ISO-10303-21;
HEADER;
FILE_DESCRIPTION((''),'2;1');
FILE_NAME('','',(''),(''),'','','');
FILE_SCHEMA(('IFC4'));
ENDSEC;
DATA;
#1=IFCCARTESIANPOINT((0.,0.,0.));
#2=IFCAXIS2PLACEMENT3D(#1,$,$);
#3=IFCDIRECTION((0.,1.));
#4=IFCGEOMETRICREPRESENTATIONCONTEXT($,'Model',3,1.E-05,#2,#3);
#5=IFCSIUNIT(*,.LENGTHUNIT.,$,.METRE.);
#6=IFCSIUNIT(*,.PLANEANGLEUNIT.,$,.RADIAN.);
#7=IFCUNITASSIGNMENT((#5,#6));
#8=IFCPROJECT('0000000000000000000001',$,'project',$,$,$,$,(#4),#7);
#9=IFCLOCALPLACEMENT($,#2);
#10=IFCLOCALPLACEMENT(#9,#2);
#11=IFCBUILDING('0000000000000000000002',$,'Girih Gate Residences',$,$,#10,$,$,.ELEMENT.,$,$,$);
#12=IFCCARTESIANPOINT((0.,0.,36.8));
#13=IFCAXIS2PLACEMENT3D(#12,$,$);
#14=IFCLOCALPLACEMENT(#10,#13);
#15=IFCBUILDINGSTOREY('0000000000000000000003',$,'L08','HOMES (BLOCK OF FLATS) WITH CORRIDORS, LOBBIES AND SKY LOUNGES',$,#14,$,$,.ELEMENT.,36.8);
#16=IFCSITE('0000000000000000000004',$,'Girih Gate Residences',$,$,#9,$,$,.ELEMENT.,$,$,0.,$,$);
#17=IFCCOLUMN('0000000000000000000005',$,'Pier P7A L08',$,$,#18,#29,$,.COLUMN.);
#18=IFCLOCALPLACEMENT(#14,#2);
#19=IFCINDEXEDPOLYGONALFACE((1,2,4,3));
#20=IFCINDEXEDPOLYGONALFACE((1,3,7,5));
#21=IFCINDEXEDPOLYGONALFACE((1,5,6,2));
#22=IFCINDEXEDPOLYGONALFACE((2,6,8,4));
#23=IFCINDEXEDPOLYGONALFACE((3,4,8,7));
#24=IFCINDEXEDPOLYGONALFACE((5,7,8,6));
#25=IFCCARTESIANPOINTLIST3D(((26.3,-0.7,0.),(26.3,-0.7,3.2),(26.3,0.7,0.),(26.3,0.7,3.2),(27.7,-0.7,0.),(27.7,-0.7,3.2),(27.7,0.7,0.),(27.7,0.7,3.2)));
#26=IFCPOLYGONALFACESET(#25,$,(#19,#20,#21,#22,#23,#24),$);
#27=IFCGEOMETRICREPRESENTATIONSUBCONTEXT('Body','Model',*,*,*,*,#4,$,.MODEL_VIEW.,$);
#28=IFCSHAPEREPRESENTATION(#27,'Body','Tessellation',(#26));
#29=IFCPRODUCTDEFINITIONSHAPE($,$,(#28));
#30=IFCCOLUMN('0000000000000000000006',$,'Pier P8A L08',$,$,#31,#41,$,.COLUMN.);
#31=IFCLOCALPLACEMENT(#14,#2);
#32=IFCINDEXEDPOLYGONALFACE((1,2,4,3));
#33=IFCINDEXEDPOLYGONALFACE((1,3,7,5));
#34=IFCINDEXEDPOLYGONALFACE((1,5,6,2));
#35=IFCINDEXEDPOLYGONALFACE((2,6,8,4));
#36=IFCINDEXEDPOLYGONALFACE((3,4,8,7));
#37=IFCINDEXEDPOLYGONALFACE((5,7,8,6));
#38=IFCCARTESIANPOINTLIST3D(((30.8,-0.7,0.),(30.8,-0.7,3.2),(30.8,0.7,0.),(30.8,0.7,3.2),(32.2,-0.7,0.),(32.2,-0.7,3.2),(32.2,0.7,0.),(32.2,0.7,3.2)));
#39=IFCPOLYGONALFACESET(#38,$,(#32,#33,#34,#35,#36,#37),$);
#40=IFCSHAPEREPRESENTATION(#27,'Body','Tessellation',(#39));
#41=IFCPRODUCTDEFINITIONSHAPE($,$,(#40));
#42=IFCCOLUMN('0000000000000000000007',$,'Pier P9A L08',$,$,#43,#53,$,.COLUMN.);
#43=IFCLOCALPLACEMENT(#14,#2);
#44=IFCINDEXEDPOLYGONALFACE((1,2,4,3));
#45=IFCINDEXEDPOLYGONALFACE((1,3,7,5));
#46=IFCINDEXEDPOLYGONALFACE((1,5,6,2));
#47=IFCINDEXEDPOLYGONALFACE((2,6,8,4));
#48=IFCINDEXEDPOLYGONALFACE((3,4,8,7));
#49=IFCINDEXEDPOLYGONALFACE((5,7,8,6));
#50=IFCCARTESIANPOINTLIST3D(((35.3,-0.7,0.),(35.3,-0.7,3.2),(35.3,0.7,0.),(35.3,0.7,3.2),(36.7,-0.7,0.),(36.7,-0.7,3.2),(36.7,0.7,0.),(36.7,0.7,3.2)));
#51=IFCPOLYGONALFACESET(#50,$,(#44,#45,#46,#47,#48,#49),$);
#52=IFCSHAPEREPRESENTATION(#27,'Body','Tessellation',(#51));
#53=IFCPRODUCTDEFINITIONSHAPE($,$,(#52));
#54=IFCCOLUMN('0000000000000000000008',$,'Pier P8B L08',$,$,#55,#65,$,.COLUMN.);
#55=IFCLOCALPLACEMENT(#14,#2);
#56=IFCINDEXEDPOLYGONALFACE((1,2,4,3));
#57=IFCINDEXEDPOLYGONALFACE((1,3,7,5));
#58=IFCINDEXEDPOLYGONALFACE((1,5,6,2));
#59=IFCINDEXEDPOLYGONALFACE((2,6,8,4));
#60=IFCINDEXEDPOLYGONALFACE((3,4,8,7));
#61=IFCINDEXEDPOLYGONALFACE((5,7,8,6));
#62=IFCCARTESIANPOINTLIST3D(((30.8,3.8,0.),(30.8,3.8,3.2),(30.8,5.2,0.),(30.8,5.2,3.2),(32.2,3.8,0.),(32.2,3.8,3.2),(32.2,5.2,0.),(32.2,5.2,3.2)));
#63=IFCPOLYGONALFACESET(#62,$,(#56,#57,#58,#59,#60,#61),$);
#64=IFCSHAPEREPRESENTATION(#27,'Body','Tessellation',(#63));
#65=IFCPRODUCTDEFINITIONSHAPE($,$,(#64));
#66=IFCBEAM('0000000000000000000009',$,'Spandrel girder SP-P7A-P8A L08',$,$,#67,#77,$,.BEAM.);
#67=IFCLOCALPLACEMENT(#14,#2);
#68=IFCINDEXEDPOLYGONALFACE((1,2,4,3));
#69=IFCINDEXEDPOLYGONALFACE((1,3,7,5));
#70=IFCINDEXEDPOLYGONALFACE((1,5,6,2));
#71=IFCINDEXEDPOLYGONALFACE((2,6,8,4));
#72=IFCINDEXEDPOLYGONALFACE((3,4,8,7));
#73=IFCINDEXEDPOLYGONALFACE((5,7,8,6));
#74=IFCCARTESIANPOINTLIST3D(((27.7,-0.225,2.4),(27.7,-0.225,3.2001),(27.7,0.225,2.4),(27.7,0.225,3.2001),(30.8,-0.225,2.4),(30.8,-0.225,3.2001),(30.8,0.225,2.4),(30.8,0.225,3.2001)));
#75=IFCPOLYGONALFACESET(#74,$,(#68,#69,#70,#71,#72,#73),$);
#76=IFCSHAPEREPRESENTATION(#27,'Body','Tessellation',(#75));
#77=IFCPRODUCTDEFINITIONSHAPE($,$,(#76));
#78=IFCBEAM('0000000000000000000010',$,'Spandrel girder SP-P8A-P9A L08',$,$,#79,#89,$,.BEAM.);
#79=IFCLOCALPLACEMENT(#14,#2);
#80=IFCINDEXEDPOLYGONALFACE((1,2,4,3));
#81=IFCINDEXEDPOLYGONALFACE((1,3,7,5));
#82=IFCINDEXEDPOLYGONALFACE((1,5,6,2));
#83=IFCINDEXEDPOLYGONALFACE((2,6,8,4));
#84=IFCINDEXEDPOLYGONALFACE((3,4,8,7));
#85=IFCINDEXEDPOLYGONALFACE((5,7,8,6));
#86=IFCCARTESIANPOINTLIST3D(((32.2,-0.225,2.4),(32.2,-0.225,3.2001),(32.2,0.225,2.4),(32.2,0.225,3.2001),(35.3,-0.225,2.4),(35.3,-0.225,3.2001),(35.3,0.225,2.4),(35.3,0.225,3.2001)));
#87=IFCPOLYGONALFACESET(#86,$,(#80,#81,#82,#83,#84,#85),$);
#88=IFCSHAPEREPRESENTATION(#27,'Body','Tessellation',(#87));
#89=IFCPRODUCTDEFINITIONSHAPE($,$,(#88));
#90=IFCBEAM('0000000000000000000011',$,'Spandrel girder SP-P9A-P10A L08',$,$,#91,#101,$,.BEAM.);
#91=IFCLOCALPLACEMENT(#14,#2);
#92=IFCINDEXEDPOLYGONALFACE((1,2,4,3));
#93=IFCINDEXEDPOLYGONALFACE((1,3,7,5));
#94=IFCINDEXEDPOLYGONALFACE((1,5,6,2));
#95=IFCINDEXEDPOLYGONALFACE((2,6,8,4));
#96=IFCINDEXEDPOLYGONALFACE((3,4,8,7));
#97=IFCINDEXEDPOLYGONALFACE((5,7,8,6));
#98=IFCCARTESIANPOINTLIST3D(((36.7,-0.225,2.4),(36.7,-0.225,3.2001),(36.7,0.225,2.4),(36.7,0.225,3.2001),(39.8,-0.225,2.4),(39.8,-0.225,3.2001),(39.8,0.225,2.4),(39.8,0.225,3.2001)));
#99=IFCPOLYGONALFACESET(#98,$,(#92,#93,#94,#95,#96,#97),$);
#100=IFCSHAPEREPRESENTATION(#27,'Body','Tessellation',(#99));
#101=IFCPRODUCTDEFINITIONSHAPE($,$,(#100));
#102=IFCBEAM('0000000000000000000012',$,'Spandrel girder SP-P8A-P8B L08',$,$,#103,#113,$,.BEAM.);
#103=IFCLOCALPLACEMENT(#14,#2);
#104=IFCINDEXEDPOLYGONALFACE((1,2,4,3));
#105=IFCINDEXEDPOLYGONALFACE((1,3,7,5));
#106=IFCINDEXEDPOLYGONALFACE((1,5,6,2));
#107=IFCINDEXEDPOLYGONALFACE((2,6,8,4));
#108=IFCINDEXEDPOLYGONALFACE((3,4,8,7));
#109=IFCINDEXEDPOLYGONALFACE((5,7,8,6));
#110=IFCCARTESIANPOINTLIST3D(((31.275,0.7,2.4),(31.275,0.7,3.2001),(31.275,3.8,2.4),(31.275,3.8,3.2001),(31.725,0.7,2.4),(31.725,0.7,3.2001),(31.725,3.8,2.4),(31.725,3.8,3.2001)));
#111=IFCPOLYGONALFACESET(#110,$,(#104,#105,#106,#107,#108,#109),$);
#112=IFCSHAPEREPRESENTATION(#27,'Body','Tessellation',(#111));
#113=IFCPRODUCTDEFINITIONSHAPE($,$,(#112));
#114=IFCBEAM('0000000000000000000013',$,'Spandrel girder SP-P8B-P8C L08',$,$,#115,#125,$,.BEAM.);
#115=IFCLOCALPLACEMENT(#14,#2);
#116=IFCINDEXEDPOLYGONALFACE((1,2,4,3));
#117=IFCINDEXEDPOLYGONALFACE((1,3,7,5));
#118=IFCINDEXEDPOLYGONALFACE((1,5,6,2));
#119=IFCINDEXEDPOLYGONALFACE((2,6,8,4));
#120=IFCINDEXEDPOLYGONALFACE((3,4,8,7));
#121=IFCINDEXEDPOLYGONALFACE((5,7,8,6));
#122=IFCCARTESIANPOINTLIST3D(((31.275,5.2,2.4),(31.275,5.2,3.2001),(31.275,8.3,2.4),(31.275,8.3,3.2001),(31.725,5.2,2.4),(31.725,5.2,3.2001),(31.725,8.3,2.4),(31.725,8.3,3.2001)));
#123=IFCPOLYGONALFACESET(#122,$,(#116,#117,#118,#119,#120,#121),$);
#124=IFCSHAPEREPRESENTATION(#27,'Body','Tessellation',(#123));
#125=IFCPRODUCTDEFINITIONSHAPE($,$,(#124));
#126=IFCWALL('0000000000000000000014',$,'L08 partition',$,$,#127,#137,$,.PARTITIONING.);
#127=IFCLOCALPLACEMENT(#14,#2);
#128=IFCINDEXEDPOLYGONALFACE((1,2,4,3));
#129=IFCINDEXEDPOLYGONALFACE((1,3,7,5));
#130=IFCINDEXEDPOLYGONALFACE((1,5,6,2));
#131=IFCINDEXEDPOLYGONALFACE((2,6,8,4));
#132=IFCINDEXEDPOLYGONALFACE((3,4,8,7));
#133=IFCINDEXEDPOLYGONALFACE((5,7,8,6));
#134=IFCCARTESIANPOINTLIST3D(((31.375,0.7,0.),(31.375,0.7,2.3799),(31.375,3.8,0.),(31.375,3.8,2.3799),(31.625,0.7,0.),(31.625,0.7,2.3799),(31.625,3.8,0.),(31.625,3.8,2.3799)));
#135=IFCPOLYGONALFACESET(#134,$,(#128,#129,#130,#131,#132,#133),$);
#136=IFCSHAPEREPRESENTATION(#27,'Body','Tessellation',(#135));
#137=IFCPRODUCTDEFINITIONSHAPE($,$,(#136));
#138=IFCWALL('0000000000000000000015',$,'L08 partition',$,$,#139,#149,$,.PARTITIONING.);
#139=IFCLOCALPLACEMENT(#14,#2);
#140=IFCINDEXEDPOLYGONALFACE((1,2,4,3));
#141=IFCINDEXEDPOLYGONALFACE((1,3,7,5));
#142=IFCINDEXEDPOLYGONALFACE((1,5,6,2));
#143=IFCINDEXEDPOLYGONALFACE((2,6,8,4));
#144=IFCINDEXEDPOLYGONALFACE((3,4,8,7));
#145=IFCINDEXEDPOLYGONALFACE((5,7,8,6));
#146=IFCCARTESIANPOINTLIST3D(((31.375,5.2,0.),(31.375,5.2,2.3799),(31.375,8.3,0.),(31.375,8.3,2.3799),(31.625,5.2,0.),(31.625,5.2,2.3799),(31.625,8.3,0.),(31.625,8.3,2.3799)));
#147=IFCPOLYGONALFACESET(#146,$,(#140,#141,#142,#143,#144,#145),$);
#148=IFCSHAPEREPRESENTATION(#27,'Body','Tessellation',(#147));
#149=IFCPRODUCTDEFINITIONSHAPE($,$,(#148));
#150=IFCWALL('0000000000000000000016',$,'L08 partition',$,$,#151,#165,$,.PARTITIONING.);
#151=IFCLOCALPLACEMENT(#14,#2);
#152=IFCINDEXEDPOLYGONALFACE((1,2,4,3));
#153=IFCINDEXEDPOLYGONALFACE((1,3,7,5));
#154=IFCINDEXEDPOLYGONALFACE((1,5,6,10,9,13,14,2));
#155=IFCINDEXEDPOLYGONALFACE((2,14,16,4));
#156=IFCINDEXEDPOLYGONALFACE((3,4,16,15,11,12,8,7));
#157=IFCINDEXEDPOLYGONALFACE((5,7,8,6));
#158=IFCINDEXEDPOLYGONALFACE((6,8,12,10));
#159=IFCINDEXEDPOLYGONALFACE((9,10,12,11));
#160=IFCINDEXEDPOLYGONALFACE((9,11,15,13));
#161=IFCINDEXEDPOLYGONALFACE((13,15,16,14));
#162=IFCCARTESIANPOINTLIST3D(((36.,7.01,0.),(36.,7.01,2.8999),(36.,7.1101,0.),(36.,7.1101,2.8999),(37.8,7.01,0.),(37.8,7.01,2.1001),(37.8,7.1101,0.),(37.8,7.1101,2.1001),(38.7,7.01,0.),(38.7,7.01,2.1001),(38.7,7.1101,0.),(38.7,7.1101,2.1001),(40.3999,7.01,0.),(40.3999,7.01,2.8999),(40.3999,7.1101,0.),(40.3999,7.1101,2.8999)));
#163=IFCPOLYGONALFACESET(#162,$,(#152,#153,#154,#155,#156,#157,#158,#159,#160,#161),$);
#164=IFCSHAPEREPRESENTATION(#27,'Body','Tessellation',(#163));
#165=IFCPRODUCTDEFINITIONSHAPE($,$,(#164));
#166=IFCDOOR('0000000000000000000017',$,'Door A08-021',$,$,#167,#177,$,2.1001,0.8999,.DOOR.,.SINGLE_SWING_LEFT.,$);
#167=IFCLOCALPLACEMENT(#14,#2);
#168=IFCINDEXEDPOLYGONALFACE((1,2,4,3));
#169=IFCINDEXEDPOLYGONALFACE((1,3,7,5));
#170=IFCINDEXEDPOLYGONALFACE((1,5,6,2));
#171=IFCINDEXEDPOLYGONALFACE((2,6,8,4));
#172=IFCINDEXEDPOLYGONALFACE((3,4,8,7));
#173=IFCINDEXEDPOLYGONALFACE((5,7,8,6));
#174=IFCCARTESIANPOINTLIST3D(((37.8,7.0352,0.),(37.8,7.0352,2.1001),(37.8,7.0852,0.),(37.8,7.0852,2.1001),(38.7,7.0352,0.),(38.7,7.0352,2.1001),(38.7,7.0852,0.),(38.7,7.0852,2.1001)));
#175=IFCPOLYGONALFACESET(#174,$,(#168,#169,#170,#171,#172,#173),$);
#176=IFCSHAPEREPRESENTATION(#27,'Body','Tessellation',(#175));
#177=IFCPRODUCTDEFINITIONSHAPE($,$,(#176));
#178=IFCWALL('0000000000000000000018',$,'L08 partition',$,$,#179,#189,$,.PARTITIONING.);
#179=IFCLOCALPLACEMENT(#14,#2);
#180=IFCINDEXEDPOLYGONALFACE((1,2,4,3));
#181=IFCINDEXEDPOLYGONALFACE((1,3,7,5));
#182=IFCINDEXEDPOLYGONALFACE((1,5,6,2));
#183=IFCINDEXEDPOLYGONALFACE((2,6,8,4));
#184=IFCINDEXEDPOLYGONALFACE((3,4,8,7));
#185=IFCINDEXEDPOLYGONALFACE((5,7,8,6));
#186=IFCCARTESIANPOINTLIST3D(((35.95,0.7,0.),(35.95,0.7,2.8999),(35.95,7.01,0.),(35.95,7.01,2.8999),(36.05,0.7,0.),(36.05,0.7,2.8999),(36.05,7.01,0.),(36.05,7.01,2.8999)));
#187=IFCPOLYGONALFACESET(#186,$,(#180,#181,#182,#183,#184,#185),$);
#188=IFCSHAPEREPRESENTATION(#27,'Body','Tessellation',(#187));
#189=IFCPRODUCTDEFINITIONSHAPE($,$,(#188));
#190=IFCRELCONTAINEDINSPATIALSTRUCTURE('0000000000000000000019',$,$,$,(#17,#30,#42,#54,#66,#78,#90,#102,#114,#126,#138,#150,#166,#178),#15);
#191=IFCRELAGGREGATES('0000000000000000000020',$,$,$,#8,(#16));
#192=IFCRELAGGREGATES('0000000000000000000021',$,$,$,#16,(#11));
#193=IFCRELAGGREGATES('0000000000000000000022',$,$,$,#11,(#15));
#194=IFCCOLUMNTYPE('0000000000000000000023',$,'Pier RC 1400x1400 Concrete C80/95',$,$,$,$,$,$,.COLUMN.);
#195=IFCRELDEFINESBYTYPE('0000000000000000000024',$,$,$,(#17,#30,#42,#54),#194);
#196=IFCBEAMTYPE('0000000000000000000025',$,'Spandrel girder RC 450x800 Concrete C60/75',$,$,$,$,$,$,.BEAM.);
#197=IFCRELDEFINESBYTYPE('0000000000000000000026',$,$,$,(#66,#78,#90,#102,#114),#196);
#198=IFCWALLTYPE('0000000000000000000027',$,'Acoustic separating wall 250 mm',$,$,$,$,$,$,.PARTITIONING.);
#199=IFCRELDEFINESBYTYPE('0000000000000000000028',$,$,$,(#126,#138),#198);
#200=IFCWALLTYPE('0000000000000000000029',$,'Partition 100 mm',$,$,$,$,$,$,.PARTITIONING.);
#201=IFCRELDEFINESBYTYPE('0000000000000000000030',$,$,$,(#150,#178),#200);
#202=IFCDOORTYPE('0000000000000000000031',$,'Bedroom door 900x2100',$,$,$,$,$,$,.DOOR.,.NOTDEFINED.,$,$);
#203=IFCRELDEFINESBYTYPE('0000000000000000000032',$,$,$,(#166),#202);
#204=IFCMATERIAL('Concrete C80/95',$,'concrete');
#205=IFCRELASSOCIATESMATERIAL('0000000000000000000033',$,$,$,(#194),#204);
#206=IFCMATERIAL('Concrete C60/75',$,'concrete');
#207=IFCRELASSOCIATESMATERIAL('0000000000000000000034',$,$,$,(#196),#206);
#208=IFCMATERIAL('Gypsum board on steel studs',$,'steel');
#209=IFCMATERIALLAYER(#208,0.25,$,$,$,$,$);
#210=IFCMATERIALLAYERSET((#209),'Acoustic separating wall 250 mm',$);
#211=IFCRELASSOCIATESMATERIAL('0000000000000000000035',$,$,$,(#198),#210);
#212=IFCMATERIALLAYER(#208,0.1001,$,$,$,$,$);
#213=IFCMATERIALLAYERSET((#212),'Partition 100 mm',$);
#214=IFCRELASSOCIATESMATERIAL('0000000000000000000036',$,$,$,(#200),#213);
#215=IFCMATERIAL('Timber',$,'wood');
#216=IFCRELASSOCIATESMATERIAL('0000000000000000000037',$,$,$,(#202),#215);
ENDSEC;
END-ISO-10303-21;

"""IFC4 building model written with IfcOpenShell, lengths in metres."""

from ifc_helpers import new_model, si_unit, direction, frame, frame_2d, origin, origin_2d, place, context, subcontext, project, spatial, rectangle, extrude, material, layer, layer_set, material_profile, profile_set, type_object, element, fill, save


model = new_model("IFC4")

# Units and contexts
model_context = context("Model", 3, precision=1e-05, world=origin(), true_north=direction((0.0, 1.0)))
body_context = subcontext(model_context, "Body", "Model", "MODEL_VIEW")
ifc_project = project(units=[si_unit("LENGTHUNIT", "METRE"), si_unit("PLANEANGLEUNIT", "RADIAN")], contexts=[model_context])

# Site, building, storey
site_placement = place(None, origin())
site = spatial("IfcSite", under=ifc_project, at=site_placement, Name="Girih Gate Residences", CompositionType="ELEMENT", RefElevation=0.0)
building_placement = place(site_placement, origin())
building = spatial("IfcBuilding", under=site, at=building_placement, Name="Girih Gate Residences", CompositionType="ELEMENT")
storey_placement = place(building_placement, frame((0.0, 0.0, 36.8)))
storey = spatial("IfcBuildingStorey", under=building, at=storey_placement, Name="L08", Description="HOMES (BLOCK OF FLATS) WITH CORRIDORS, LOBBIES AND SKY LOUNGES", CompositionType="ELEMENT", Elevation=36.8)

# Columns
ifc_material_1 = material(Name="Concrete C80/95", Category="concrete")
ifc_material_profile_1 = material_profile(ifc_material_1, rectangle(XDim=1.3999, YDim=1.3999, at=origin_2d()))
ifc_profile_set_1 = profile_set([ifc_material_profile_1], Name="Concrete C80/95")
column_type = type_object("IfcColumnType", Name="Pier RC 1400x1400 Concrete C80/95", PredefinedType="COLUMN", material=ifc_profile_set_1)
for number, where, z_axis, x_axis, name in (
    (1, (27.0, 0.0, 0.0), (0.0, 0.0, 1.0), (1.0, 0.0, 0.0), "Pier P7A L08"),
    (2, (31.5, 0.0, 0.0), (0.0, 0.0, 1.0), (1.0, 0.0, 0.0), "Pier P8A L08"),
    (3, (36.0, 0.0, 0.0), (0.0, 0.0, 1.0), (1.0, 0.0, 0.0), "Pier P9A L08"),
    (4, (31.5, 4.5, 0.0), (0.0, 0.0, 1.0), (1.0, 0.0, 0.0), "Pier P8B L08"),
):
    element("IfcColumn", number, at=place(storey_placement, frame(where, z_axis=z_axis, x_axis=x_axis)), inside=storey, type_object=column_type, Name=name, PredefinedType="COLUMN", context=body_context, shape_type="SweptSolid", body=[
        extrude(rectangle(XDim=1.3999, YDim=1.3999, at=origin_2d()), origin(), (0.0, 0.0, 1.0), 3.2),
    ])

# Beams
ifc_material_2 = material(Name="Concrete C60/75", Category="concrete")
ifc_material_profile_2 = material_profile(ifc_material_2, rectangle(XDim=0.45, YDim=0.8, at=origin_2d()))
ifc_profile_set_2 = profile_set([ifc_material_profile_2], Name="Concrete C60/75")
beam_type = type_object("IfcBeamType", Name="Spandrel girder RC 450x800 Concrete C60/75", PredefinedType="BEAM", material=ifc_profile_set_2)
for number, where, z_axis, x_axis, name in (
    (5, (27.7, 0.0, 2.8), (1.0, 0.0, 0.0), (0.0, 1.0, 0.0), "Spandrel girder SP-P7A-P8A L08"),
    (6, (32.2, 0.0, 2.8), (1.0, 0.0, 0.0), (0.0, 1.0, 0.0), "Spandrel girder SP-P8A-P9A L08"),
    (7, (36.7, 0.0, 2.8), (1.0, 0.0, 0.0), (0.0, 1.0, 0.0), "Spandrel girder SP-P9A-P10A L08"),
    (8, (31.5, 0.7, 2.8), (0.0, 1.0, 0.0), (-1.0, 0.0, 0.0), "Spandrel girder SP-P8A-P8B L08"),
    (9, (31.5, 5.2, 2.8), (0.0, 1.0, 0.0), (-1.0, 0.0, 0.0), "Spandrel girder SP-P8B-P8C L08"),
):
    element("IfcBeam", number, at=place(storey_placement, frame(where, z_axis=z_axis, x_axis=x_axis)), inside=storey, type_object=beam_type, Name=name, PredefinedType="BEAM", context=body_context, shape_type="SweptSolid", body=[
        extrude(rectangle(XDim=0.45, YDim=0.8, at=origin_2d()), origin(), (0.0, 0.0, 1.0), 3.1001),
    ])

# Walls
ifc_material_3 = material(Name="Gypsum board on steel studs", Category="steel")
ifc_layer_1 = layer(ifc_material_3, 0.25)
ifc_layer_set_1 = layer_set([ifc_layer_1], Name="Acoustic separating wall 250 mm")
wall_type_1 = type_object("IfcWallType", Name="Acoustic separating wall 250 mm", PredefinedType="PARTITIONING", material=ifc_layer_set_1)
for number, where, z_axis, x_axis, name in (
    (10, (31.5, 0.7, 0.0), (0.0, 0.0, 1.0), (0.0, 1.0, 0.0), "L08 partition"),
    (11, (31.5, 5.2, 0.0), (0.0, 0.0, 1.0), (0.0, 1.0, 0.0), "L08 partition"),
):
    element("IfcWall", number, at=place(storey_placement, frame(where, z_axis=z_axis, x_axis=x_axis)), inside=storey, type_object=wall_type_1, Name=name, PredefinedType="PARTITIONING", context=body_context, shape_type="SweptSolid", body=[
        extrude(rectangle(XDim=3.1001, YDim=0.25, at=frame_2d((1.55, 0.0))), origin(), (0.0, 0.0, 1.0), 2.3799),
    ])

# Wall, opening, door
ifc_layer_2 = layer(ifc_material_3, 0.1001)
ifc_layer_set_2 = layer_set([ifc_layer_2], Name="Partition 100 mm")
wall_type_2 = type_object("IfcWallType", Name="Partition 100 mm", PredefinedType="PARTITIONING", material=ifc_layer_set_2)
wall_1_placement = place(storey_placement, frame((40.3999, 7.0601, 0.0), z_axis=(0.0, 0.0, 1.0), x_axis=(-1.0, 0.0, 0.0)))
wall_1 = element("IfcWall", 12, at=wall_1_placement, inside=storey, type_object=wall_type_2, Name="L08 partition", PredefinedType="PARTITIONING", context=body_context, shape_type="SweptSolid", body=[
    extrude(rectangle(XDim=4.3999, YDim=0.1001, at=frame_2d((2.2, 0.0))), origin(), (0.0, 0.0, 1.0), 2.8999),
])
opening_1_placement = place(wall_1_placement, frame((1.7, 0.0, 0.0)))
opening_1 = element("IfcOpeningElement", 13, at=opening_1_placement, cuts=wall_1, PredefinedType="OPENING", context=body_context, shape_type="SweptSolid", body=[
    extrude(rectangle(XDim=0.8999, YDim=2.1001, at=frame_2d((0.45, 1.05))), frame((0.0, 0.0601, 0.0), z_axis=(0.0, -1.0, 0.0), x_axis=(1.0, 0.0, 0.0)), (0.0, 0.0, 1.0), 0.1201),
])
ifc_material_4 = material(Name="Timber", Category="wood")
door_type_1 = type_object("IfcDoorType", Name="Bedroom door 900x2100", OperationType="NOTDEFINED", PredefinedType="DOOR", material=ifc_material_4)
door_1_placement = place(opening_1_placement, origin())
door_1 = element("IfcDoor", 14, at=door_1_placement, inside=storey, type_object=door_type_1, Name="Door A08-021", OperationType="SINGLE_SWING_LEFT", OverallHeight=2.1001, OverallWidth=0.8999, PredefinedType="DOOR", context=body_context, shape_type="SweptSolid", body=[
    extrude(rectangle(XDim=0.8999, YDim=2.1001, at=frame_2d((0.45, 1.05))), frame((0.0, 0.0249, 0.0), z_axis=(0.0, -1.0, 0.0), x_axis=(1.0, 0.0, 0.0)), (0.0, 0.0, 1.0), 0.05),
])
fill(opening_1, door_1)

# Wall
wall_2_placement = place(storey_placement, frame((36.0, 0.7, 0.0), z_axis=(0.0, 0.0, 1.0), x_axis=(0.0, 1.0, 0.0)))
element("IfcWall", 15, at=wall_2_placement, inside=storey, type_object=wall_type_2, Name="L08 partition", PredefinedType="PARTITIONING", context=body_context, shape_type="SweptSolid", body=[
    extrude(rectangle(XDim=6.3101, YDim=0.1001, at=frame_2d((3.155, 0.0))), origin(), (0.0, 0.0, 1.0), 2.8999),
])

save(model, "model.ifc")
